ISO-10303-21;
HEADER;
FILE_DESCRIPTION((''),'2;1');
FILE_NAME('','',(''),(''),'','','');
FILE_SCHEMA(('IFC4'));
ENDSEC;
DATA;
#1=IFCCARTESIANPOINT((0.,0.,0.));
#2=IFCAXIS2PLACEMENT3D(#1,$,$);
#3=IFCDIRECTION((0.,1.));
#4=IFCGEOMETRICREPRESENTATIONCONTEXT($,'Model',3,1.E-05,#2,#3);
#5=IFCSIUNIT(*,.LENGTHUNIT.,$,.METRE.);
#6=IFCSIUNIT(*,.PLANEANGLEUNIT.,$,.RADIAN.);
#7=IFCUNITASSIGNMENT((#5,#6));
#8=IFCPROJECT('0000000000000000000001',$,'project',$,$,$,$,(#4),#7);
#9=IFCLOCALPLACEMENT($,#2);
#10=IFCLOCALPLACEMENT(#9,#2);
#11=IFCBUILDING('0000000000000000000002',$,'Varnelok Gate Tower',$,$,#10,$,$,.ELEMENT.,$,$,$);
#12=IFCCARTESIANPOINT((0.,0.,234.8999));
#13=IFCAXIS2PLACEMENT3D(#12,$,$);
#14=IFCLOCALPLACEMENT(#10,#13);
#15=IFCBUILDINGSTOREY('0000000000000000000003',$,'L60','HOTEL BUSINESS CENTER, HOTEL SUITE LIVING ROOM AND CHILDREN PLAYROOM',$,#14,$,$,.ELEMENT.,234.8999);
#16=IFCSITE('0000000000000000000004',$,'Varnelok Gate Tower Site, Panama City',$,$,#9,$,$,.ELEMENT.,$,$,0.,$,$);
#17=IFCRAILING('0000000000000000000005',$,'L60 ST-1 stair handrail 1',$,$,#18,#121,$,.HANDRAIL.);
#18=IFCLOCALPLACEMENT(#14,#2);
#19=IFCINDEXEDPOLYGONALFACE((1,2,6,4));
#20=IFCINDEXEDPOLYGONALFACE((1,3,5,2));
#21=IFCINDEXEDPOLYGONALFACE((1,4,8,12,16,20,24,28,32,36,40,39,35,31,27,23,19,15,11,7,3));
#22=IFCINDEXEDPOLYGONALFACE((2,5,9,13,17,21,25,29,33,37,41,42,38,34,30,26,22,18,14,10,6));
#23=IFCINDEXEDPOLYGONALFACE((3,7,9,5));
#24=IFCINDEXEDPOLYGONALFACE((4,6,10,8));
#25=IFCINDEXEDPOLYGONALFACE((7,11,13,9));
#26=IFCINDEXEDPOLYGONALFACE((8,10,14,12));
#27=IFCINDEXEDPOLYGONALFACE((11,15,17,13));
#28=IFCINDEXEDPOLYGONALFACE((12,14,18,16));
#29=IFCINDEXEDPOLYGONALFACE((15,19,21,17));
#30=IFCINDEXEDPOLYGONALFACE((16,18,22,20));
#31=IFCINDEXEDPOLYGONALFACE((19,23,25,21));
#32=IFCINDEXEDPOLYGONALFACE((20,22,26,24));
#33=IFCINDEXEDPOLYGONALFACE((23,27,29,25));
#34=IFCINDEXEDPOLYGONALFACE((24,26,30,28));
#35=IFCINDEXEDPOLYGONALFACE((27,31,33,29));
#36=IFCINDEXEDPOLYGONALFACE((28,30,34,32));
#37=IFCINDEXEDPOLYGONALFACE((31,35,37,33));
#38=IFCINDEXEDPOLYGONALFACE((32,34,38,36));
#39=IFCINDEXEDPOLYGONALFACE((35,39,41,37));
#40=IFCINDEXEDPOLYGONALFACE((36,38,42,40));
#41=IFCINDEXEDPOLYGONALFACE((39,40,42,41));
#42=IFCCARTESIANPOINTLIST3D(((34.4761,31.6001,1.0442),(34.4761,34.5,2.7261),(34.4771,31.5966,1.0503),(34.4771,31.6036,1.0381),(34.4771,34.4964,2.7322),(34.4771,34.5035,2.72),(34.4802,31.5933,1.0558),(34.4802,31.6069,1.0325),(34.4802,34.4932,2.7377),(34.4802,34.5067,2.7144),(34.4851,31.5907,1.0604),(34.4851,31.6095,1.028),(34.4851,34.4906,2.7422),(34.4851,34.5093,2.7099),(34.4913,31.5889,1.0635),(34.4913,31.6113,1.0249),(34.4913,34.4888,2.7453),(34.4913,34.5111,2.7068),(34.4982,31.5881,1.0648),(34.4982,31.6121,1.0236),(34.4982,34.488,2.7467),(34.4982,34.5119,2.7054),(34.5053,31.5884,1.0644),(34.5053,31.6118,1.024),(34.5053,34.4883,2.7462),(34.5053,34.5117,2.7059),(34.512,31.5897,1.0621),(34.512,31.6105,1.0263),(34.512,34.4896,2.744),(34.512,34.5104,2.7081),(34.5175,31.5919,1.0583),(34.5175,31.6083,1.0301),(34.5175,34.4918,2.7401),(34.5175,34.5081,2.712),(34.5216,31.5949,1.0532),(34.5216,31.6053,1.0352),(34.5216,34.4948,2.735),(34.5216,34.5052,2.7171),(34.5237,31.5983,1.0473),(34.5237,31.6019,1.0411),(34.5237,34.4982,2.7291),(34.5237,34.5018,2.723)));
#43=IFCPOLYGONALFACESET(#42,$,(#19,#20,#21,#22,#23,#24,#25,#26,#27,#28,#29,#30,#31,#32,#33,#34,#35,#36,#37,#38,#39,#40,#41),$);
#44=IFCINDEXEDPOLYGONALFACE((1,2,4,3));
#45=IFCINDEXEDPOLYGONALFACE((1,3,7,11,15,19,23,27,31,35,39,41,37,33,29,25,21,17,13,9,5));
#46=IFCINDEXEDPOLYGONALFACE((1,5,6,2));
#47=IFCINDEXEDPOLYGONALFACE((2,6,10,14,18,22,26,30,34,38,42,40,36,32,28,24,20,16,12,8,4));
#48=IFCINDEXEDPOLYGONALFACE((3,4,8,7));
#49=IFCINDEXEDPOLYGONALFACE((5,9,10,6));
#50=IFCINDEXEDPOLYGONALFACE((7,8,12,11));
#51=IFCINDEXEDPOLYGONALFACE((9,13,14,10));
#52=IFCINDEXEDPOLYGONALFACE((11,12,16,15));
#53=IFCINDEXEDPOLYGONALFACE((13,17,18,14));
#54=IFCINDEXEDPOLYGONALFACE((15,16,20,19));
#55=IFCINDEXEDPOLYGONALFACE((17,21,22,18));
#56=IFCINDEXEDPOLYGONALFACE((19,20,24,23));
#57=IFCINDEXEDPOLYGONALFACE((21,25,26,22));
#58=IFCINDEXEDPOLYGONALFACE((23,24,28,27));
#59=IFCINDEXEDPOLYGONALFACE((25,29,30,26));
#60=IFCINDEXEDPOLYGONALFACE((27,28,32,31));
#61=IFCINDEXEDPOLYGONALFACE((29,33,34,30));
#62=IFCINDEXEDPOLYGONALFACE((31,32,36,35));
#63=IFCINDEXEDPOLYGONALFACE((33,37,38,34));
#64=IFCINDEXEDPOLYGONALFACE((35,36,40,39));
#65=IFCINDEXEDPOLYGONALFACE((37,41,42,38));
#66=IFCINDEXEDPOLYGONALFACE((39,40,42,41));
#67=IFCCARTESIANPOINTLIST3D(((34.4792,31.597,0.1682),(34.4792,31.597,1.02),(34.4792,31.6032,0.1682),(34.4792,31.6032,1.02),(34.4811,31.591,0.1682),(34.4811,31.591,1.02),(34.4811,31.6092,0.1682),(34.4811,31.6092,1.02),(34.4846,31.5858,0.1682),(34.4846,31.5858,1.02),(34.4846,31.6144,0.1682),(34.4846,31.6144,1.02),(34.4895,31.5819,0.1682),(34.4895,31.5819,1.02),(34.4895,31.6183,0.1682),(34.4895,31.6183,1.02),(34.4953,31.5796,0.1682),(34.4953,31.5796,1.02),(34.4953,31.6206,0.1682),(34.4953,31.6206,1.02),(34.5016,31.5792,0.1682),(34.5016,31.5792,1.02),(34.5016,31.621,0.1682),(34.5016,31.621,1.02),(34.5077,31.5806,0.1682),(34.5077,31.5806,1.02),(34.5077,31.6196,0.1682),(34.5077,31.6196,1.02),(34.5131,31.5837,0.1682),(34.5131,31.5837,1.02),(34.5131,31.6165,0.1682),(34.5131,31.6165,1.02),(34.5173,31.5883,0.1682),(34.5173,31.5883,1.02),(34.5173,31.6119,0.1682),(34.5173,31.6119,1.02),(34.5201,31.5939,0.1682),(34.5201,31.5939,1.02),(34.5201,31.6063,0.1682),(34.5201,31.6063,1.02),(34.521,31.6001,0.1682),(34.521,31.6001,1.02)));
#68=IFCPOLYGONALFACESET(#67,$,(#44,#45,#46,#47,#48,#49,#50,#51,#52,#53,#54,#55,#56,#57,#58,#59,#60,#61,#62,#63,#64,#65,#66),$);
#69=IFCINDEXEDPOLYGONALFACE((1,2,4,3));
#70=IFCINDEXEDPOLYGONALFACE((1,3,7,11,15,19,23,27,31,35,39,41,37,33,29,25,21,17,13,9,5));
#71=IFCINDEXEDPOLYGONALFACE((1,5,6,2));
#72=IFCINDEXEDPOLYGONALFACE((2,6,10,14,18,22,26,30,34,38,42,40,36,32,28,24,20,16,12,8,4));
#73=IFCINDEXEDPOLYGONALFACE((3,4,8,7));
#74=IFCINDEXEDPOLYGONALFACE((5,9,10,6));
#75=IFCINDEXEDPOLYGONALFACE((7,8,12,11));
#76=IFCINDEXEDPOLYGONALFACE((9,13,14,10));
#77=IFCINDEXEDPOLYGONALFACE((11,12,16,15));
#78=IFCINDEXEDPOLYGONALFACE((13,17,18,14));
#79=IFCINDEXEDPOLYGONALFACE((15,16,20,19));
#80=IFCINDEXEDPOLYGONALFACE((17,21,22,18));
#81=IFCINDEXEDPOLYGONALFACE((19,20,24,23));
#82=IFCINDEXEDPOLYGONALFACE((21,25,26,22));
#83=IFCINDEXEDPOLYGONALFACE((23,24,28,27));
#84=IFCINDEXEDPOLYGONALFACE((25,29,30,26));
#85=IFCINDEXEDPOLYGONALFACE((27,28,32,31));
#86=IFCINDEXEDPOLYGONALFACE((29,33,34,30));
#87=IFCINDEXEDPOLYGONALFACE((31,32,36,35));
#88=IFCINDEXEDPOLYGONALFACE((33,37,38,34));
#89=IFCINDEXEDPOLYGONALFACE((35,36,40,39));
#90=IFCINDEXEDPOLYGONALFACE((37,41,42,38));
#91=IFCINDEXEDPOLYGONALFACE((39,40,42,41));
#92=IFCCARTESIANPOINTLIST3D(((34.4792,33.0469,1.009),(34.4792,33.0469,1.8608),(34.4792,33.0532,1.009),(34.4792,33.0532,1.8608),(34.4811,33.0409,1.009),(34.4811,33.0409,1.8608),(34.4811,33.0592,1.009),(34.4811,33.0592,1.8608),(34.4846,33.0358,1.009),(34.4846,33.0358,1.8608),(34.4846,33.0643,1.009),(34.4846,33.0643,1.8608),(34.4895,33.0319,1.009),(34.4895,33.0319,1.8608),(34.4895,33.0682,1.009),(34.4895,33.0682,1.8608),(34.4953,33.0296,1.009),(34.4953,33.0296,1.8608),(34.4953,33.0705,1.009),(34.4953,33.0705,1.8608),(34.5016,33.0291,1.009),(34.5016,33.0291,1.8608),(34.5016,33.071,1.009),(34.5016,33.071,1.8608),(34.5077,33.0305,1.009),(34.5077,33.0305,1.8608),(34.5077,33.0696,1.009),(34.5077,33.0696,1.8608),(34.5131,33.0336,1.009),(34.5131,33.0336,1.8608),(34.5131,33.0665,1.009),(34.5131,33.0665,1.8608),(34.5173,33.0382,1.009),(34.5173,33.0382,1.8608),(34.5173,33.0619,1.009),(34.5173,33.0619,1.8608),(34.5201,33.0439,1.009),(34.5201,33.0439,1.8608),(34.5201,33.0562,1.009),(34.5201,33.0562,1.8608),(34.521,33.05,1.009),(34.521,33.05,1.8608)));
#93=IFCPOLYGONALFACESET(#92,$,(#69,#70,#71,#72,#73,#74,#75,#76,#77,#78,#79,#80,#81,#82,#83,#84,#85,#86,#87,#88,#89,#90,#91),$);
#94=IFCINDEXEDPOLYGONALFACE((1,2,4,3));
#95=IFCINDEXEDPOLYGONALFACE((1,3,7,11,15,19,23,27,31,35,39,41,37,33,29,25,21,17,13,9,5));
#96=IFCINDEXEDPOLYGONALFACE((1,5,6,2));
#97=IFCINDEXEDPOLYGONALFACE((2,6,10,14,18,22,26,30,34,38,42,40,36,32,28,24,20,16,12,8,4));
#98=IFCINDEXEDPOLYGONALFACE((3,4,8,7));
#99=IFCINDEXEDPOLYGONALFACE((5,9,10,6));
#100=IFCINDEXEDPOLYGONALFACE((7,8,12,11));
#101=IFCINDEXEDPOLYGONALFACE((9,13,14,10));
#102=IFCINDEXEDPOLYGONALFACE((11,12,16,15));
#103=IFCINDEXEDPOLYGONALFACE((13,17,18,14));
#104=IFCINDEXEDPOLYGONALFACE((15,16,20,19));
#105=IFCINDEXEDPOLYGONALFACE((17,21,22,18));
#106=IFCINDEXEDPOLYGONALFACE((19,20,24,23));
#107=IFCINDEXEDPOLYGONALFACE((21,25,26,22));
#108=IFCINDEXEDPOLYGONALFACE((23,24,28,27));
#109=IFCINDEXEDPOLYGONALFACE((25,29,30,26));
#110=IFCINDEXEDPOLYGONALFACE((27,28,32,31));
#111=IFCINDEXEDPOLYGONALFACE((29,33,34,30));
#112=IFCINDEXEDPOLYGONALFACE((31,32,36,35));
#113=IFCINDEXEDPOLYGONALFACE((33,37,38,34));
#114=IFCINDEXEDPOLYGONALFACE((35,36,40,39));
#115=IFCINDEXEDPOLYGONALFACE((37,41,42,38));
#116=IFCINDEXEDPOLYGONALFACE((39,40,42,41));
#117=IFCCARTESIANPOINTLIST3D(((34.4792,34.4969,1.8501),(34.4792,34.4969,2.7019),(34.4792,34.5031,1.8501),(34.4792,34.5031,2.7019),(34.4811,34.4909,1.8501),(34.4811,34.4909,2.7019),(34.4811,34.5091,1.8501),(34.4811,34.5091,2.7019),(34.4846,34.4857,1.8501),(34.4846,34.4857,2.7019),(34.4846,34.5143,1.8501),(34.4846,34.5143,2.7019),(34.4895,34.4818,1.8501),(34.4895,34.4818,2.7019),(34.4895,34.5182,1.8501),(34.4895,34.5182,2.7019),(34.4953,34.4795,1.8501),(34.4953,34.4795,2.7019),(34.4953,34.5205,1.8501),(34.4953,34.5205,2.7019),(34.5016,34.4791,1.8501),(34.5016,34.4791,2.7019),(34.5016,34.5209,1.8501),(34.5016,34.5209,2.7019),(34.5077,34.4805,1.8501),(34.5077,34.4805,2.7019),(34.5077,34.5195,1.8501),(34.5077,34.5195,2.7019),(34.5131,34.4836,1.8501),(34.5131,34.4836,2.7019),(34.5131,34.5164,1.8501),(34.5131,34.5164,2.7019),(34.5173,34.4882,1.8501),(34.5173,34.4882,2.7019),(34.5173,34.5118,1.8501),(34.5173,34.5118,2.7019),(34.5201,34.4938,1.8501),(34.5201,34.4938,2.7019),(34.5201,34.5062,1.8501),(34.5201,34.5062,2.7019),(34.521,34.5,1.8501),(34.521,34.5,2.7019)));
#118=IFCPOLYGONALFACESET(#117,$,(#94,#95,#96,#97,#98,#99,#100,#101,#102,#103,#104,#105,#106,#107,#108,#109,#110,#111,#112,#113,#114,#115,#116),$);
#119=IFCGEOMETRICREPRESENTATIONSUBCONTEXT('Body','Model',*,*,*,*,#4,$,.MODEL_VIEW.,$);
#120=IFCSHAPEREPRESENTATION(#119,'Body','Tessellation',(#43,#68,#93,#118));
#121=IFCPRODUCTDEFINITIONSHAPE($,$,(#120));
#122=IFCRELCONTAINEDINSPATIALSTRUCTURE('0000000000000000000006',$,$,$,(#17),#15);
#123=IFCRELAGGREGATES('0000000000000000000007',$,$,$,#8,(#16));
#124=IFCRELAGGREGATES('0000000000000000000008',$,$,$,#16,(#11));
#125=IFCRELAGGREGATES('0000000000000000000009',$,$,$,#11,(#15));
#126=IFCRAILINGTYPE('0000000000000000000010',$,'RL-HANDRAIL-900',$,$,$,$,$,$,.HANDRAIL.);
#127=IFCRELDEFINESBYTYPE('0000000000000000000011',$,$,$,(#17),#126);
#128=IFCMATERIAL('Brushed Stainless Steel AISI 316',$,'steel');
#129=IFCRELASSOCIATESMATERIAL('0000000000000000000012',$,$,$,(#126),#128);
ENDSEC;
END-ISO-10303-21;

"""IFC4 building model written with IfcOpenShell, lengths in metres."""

from ifc_helpers import new_model, si_unit, direction, frame, origin, origin_2d, place, context, subcontext, project, spatial, circle, extrude, material, type_object, element, save


model = new_model("IFC4")

# Units and contexts
model_context = context("Model", 3, precision=1e-05, world=origin(), true_north=direction((0.0, 1.0)))
body_context = subcontext(model_context, "Body", "Model", "MODEL_VIEW")
ifc_project = project(units=[si_unit("LENGTHUNIT", "METRE"), si_unit("PLANEANGLEUNIT", "RADIAN")], contexts=[model_context])

# Site, building, storey
site_placement = place(None, origin())
site = spatial("IfcSite", under=ifc_project, at=site_placement, Name="Varnelok Gate Tower Site, Panama City", CompositionType="ELEMENT", RefElevation=0.0)
building_placement = place(site_placement, origin())
building = spatial("IfcBuilding", under=site, at=building_placement, Name="Varnelok Gate Tower", CompositionType="ELEMENT")
storey_placement = place(building_placement, frame((0.0, 0.0, 234.8999)))
storey = spatial("IfcBuildingStorey", under=building, at=storey_placement, Name="L60", Description="HOTEL BUSINESS CENTER, HOTEL SUITE LIVING ROOM AND CHILDREN PLAYROOM", CompositionType="ELEMENT", Elevation=234.8999)

# Railing
ifc_material_1 = material(Name="Brushed Stainless Steel AISI 316", Category="steel")
railing_type_1 = type_object("IfcRailingType", Name="RL-HANDRAIL-900", PredefinedType="HANDRAIL", material=ifc_material_1)
railing_1_placement = place(storey_placement, frame((34.5, 31.6001, 0.1682)))
element("IfcRailing", 1, at=railing_1_placement, inside=storey, type_object=railing_type_1, Name="L60 ST-1 stair handrail 1", PredefinedType="HANDRAIL", context=body_context, shape_type="SweptSolid", body=[
    extrude(circle(Radius=0.0239, at=origin_2d()), frame((0.0, 0.0, 0.876), z_axis=(0.0, 0.865039, 0.501705), x_axis=(-1.0, 0.0, 0.0)), (0.0, 0.0, 1.0), 3.3523),
    extrude(circle(Radius=0.021, at=origin_2d()), origin(), (0.0, 0.0, 1.0), 0.8518),
    extrude(circle(Radius=0.021, at=origin_2d()), frame((0.0, 1.45, 0.8408)), (0.0, 0.0, 1.0), 0.8518),
    extrude(circle(Radius=0.021, at=origin_2d()), frame((0.0, 2.8999, 1.6819)), (0.0, 0.0, 1.0), 0.8518),
])

save(model, "model.ifc")
